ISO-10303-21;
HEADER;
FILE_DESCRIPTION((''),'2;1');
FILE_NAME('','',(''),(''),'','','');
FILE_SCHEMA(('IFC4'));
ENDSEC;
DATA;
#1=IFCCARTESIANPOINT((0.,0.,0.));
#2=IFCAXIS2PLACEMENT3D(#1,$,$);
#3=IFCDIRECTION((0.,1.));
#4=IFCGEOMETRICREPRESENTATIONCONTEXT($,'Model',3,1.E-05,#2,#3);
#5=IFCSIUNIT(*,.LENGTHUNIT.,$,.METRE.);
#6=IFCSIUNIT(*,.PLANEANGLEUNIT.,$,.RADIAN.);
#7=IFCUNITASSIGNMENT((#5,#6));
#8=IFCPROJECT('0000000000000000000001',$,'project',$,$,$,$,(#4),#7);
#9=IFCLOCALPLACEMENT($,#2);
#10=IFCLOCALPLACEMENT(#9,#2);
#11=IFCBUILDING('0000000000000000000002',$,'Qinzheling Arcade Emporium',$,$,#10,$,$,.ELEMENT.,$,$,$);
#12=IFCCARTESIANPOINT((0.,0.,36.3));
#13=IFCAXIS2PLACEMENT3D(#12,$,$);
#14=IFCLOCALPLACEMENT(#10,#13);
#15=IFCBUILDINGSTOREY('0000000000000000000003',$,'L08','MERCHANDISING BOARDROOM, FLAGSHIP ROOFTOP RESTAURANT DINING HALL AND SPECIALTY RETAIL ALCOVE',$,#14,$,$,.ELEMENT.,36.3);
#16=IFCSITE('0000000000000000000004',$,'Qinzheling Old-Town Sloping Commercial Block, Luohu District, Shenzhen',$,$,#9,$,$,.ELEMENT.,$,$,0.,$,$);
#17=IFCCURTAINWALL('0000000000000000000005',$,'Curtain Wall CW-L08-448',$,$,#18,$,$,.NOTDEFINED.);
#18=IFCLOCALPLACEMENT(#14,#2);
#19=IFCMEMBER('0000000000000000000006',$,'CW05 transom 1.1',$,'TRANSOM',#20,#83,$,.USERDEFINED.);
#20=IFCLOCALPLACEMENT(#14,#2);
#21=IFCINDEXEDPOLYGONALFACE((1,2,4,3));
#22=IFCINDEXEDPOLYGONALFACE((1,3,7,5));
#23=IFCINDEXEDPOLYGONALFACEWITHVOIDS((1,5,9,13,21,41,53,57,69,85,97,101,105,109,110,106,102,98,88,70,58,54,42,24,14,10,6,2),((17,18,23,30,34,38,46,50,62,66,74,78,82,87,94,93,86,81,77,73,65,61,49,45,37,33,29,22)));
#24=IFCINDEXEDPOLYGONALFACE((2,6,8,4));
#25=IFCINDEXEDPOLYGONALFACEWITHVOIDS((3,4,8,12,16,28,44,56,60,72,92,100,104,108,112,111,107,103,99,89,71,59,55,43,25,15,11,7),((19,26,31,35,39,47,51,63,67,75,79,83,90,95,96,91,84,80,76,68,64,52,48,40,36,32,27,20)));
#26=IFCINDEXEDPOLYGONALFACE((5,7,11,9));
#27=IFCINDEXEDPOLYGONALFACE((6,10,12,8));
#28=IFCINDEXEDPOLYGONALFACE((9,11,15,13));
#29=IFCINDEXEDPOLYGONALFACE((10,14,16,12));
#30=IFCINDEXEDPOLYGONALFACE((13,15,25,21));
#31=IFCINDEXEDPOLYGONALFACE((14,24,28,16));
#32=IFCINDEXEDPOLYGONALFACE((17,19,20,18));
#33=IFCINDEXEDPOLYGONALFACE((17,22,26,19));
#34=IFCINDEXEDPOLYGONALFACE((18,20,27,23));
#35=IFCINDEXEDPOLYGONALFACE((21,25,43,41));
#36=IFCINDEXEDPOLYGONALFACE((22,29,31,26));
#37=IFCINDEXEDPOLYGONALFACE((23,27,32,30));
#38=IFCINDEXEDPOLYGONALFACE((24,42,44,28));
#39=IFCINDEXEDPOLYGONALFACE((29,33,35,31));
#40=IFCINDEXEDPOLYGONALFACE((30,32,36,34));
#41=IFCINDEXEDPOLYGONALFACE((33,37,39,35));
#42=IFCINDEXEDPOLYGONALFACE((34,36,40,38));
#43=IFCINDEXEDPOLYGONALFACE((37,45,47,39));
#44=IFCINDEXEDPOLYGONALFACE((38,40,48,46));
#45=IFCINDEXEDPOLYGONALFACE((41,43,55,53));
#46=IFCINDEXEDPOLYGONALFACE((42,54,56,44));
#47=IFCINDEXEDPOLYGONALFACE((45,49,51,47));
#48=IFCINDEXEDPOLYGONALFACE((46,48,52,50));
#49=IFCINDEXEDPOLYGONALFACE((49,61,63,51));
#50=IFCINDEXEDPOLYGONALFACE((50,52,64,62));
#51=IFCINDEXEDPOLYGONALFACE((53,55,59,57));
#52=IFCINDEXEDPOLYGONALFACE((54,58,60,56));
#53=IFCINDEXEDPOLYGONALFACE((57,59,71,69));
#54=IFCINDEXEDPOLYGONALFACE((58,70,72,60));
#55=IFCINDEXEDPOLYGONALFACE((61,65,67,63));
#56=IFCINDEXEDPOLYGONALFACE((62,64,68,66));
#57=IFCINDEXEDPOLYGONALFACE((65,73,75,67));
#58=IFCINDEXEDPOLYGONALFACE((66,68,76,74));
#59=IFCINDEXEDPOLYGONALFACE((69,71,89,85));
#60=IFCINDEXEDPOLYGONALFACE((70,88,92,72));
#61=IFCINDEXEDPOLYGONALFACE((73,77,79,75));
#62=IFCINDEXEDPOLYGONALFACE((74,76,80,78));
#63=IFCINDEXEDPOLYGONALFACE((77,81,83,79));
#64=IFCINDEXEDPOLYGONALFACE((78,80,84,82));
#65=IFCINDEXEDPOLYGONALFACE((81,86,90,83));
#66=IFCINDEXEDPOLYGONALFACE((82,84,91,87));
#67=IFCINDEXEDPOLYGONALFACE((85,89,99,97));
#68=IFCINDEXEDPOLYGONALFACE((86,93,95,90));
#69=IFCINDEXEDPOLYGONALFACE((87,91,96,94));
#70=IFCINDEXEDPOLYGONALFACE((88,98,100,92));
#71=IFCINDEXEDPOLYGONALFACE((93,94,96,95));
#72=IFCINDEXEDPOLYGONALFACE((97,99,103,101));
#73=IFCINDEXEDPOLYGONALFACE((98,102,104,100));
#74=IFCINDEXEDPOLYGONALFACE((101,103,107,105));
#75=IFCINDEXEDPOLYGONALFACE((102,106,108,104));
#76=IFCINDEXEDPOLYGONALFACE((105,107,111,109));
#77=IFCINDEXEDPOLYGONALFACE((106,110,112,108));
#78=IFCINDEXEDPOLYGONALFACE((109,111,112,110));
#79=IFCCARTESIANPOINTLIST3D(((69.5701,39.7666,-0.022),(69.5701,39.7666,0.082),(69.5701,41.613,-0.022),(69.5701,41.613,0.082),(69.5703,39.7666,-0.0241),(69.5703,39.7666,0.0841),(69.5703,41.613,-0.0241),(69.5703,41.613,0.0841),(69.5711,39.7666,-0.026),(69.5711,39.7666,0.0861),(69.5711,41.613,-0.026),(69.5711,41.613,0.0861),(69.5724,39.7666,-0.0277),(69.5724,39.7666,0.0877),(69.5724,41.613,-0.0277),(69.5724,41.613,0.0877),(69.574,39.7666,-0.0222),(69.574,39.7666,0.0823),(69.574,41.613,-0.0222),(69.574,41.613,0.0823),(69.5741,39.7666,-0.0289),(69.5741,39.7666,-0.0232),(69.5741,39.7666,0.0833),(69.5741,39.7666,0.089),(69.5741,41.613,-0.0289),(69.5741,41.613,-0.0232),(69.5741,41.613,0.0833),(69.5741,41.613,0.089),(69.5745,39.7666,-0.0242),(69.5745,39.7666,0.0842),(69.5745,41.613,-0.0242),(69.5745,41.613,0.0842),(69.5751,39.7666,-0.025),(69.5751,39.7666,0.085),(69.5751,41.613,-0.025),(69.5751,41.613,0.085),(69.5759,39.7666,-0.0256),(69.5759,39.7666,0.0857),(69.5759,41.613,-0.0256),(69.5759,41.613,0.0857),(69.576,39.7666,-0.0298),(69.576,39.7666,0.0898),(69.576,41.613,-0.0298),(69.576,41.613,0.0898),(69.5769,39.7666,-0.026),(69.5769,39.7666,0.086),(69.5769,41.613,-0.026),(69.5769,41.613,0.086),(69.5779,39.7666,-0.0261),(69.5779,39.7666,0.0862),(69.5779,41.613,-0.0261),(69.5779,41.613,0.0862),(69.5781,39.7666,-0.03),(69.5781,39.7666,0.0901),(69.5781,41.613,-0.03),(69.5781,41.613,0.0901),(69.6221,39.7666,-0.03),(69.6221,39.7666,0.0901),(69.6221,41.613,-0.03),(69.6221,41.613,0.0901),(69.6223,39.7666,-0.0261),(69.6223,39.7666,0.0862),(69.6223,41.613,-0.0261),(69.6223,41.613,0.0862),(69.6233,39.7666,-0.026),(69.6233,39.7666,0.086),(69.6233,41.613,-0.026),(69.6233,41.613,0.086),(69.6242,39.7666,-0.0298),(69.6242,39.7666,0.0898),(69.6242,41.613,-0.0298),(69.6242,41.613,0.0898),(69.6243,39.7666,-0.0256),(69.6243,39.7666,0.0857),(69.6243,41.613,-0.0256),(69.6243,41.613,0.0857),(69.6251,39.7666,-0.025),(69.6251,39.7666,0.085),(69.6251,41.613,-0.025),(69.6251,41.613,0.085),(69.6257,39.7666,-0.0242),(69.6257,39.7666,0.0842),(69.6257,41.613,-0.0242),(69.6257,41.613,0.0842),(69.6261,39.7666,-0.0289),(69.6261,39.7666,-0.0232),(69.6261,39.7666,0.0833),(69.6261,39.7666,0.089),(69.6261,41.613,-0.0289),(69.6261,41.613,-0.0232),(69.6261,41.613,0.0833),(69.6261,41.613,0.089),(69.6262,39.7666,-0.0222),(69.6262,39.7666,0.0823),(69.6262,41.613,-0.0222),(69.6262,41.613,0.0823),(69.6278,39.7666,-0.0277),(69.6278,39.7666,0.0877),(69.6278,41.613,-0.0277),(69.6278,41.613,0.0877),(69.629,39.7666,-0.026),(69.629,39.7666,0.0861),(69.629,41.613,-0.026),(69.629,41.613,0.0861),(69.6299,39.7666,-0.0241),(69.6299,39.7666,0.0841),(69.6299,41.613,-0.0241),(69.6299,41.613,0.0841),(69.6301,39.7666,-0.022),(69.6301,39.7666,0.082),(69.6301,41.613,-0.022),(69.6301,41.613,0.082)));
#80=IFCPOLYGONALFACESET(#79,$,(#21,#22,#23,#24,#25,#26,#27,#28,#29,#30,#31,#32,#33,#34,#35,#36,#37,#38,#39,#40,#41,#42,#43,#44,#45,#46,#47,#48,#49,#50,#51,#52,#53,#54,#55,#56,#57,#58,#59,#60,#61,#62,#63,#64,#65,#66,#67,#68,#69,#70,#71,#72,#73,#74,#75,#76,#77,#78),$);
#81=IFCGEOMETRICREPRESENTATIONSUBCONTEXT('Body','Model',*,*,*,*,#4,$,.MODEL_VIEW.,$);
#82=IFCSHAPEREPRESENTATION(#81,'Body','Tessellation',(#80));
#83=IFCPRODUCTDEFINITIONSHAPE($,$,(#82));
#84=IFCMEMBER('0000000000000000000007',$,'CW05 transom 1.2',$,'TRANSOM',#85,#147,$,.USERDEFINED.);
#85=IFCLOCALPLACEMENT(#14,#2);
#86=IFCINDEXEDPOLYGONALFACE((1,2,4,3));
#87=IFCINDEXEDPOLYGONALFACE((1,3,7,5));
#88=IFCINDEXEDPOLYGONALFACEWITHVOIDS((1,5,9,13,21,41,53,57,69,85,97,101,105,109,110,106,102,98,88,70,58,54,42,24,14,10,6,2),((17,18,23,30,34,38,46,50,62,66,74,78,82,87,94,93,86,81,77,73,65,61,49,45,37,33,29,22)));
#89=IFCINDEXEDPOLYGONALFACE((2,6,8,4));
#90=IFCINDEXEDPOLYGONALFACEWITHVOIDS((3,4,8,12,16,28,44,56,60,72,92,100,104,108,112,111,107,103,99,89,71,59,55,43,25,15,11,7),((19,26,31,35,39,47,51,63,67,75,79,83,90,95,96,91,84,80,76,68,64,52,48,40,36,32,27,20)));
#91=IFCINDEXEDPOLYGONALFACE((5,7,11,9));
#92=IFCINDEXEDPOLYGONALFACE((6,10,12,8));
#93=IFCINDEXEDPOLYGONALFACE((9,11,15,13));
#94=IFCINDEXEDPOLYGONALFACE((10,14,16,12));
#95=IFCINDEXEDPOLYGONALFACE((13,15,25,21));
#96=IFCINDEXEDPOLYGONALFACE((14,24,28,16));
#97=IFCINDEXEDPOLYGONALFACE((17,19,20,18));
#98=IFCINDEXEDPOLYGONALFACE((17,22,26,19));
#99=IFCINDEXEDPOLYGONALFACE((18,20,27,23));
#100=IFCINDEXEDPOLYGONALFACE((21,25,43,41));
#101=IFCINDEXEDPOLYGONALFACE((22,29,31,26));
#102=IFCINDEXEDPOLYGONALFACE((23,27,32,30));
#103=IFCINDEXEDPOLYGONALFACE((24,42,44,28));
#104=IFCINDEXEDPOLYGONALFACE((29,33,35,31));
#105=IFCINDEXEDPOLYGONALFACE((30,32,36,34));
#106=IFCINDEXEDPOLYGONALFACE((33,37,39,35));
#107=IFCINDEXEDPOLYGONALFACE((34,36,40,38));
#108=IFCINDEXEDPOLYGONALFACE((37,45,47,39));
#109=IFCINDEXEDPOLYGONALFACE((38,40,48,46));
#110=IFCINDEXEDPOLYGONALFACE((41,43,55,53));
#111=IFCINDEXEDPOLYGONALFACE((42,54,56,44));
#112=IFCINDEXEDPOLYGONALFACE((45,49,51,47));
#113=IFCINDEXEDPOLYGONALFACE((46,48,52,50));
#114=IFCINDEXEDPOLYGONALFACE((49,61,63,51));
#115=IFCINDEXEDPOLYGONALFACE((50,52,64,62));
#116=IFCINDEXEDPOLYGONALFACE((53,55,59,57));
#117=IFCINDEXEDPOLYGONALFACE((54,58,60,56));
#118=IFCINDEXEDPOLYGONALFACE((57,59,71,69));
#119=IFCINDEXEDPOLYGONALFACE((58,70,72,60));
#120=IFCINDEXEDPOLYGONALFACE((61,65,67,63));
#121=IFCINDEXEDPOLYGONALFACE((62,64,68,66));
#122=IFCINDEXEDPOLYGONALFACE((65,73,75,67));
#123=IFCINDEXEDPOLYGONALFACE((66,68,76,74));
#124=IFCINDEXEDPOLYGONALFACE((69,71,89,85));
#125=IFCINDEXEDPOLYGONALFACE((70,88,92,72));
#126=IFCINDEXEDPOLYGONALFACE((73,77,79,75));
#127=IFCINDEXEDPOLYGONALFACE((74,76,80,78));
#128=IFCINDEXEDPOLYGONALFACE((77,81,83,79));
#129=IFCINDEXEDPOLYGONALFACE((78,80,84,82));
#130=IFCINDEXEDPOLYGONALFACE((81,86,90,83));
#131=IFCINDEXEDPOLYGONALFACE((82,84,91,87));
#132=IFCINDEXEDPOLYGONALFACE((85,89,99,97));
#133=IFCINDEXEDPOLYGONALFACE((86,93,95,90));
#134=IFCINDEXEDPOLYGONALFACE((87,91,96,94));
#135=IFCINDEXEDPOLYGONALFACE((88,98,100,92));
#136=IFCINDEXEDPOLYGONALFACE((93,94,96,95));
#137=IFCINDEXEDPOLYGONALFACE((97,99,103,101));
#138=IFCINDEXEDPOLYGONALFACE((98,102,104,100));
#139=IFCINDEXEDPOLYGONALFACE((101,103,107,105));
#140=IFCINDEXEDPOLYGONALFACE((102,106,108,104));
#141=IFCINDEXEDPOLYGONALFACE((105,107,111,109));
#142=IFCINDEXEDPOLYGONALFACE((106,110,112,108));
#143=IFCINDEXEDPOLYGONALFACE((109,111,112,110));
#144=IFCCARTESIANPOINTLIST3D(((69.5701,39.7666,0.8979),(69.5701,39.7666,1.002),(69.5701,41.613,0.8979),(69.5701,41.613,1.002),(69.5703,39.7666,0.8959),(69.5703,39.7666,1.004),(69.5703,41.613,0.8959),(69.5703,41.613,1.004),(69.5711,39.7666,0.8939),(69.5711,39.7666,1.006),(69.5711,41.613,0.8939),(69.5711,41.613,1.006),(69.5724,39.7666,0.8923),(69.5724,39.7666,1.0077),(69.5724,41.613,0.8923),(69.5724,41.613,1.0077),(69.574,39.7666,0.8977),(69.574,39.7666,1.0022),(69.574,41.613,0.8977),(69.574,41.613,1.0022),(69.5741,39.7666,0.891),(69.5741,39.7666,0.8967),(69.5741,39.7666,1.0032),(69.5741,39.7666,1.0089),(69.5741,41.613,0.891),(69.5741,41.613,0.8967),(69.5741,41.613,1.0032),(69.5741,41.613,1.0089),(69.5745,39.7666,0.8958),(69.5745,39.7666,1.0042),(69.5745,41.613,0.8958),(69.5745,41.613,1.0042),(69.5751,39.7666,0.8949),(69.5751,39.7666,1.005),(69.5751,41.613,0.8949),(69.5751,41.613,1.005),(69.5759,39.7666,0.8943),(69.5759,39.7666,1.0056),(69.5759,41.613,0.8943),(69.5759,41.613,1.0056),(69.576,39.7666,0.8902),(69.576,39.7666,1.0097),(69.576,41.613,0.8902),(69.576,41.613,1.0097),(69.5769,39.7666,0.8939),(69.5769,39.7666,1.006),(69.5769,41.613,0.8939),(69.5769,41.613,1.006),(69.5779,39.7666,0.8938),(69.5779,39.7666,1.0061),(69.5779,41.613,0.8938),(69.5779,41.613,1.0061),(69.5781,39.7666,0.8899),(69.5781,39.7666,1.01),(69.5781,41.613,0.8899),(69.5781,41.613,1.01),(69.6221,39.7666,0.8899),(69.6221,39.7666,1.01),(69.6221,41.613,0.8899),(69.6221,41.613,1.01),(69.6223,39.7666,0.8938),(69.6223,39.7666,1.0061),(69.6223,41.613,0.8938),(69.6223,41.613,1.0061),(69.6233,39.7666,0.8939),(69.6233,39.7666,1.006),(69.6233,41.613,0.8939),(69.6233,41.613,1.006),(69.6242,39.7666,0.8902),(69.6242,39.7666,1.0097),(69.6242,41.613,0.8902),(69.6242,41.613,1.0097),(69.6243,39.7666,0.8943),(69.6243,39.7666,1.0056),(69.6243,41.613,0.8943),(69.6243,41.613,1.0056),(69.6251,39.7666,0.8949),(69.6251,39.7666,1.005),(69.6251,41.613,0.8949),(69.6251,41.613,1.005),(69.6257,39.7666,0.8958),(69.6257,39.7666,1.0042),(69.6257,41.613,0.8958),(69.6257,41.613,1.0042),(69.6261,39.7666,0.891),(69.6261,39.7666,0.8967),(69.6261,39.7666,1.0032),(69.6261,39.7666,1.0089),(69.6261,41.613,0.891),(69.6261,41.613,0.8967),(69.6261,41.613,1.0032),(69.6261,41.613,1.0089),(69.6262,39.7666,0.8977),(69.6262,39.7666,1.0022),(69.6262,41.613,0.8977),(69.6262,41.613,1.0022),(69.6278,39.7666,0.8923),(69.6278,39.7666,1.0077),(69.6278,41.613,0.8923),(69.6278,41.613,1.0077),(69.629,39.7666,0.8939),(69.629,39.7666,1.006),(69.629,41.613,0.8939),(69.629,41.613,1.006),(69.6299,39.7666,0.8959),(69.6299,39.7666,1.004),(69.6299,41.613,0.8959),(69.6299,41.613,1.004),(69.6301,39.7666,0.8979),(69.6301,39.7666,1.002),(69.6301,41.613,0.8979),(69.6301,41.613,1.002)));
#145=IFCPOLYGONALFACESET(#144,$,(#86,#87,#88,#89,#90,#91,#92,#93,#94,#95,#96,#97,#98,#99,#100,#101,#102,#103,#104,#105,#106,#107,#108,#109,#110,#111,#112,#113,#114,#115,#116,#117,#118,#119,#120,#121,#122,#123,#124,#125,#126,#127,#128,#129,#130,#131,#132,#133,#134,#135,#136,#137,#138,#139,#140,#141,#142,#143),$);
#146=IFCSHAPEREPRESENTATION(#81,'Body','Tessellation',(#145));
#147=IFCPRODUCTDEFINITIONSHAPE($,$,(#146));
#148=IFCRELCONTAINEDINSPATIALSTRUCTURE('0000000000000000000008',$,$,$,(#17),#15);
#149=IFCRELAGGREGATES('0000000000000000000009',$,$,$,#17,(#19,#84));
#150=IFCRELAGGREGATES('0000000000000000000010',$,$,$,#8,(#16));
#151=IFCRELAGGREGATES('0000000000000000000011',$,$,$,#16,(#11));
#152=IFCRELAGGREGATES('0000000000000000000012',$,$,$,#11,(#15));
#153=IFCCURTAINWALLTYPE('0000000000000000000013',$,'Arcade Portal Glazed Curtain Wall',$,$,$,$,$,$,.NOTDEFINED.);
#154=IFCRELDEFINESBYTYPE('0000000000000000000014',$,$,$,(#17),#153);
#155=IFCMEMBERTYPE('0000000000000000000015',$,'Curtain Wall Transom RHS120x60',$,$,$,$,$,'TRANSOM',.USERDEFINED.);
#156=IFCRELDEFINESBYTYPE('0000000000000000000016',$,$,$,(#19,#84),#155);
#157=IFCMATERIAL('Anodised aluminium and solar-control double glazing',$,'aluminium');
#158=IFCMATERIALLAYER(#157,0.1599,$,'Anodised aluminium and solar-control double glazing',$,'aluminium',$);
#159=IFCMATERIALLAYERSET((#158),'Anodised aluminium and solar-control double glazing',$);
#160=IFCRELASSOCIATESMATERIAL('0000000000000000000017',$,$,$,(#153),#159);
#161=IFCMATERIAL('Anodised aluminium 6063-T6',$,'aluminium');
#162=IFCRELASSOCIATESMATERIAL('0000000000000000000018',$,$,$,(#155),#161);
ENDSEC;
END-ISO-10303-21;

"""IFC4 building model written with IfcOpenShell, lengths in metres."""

from ifc_helpers import new_model, si_unit, direction, frame, origin, origin_2d, place, context, subcontext, project, spatial, hollow_rectangle, extrude, material, layer, layer_set, material_profile, profile_set, type_object, element, aggregate, save


model = new_model("IFC4")

# Units and contexts
model_context = context("Model", 3, precision=1e-05, world=origin(), true_north=direction((0.0, 1.0)))
body_context = subcontext(model_context, "Body", "Model", "MODEL_VIEW")
ifc_project = project(units=[si_unit("LENGTHUNIT", "METRE"), si_unit("PLANEANGLEUNIT", "RADIAN")], contexts=[model_context])

# Site, building, storey
site_placement = place(None, origin())
site = spatial("IfcSite", under=ifc_project, at=site_placement, Name="Qinzheling Old-Town Sloping Commercial Block, Luohu District, Shenzhen", CompositionType="ELEMENT", RefElevation=0.0)
building_placement = place(site_placement, origin())
building = spatial("IfcBuilding", under=site, at=building_placement, Name="Qinzheling Arcade Emporium", CompositionType="ELEMENT")
storey_placement = place(building_placement, frame((0.0, 0.0, 36.3)))
storey = spatial("IfcBuildingStorey", under=building, at=storey_placement, Name="L08", Description="MERCHANDISING BOARDROOM, FLAGSHIP ROOFTOP RESTAURANT DINING HALL AND SPECIALTY RETAIL ALCOVE", CompositionType="ELEMENT", Elevation=36.3)

# Curtain wall
ifc_material_1 = material(Name="Anodised aluminium and solar-control double glazing", Category="aluminium")
ifc_layer_1 = layer(ifc_material_1, 0.1599, Name="Anodised aluminium and solar-control double glazing", Category="aluminium")
ifc_layer_set_1 = layer_set([ifc_layer_1], Name="Anodised aluminium and solar-control double glazing")
curtain_wall_type_1 = type_object("IfcCurtainWallType", Name="Arcade Portal Glazed Curtain Wall", PredefinedType="NOTDEFINED", material=ifc_layer_set_1)
curtain_wall_1_placement = place(storey_placement, origin())
curtain_wall_1 = element("IfcCurtainWall", 1, at=curtain_wall_1_placement, inside=storey, type_object=curtain_wall_type_1, Name="Curtain Wall CW-L08-448", PredefinedType="NOTDEFINED")
ifc_material_2 = material(Name="Anodised aluminium 6063-T6", Category="aluminium")

# Members
ifc_material_profile_1 = material_profile(ifc_material_2, hollow_rectangle(XDim=0.0601, YDim=0.1201, WallThickness=0.0039, InnerFilletRadius=0.0039, OuterFilletRadius=0.0081, at=origin_2d()), Name="RHS 120x60x4", Category="aluminium")
ifc_profile_set_1 = profile_set([ifc_material_profile_1], Name="Anodised aluminium 6063-T6")
member_type_1 = type_object("IfcMemberType", Name="Curtain Wall Transom RHS120x60", ElementType="TRANSOM", PredefinedType="USERDEFINED", material=ifc_profile_set_1)
member_1_placement = place(storey_placement, frame((69.6001, 41.613, 0.03), z_axis=(0.0, -1.0, 0.0), x_axis=(1.0, 0.0, 0.0)))
member_1 = element("IfcMember", 2, at=member_1_placement, type_object=member_type_1, Name="CW05 transom 1.1", ObjectType="TRANSOM", PredefinedType="USERDEFINED", context=body_context, shape_type="SweptSolid", body=[
    extrude(hollow_rectangle(XDim=0.0601, YDim=0.1201, WallThickness=0.0039, InnerFilletRadius=0.0039, OuterFilletRadius=0.0081, at=origin_2d()), origin(), (0.0, 0.0, 1.0), 1.8464),
])
member_2_placement = place(storey_placement, frame((69.6001, 41.613, 0.95), z_axis=(0.0, -1.0, 0.0), x_axis=(1.0, 0.0, 0.0)))
member_2 = element("IfcMember", 3, at=member_2_placement, type_object=member_type_1, Name="CW05 transom 1.2", ObjectType="TRANSOM", PredefinedType="USERDEFINED", context=body_context, shape_type="SweptSolid", body=[
    extrude(hollow_rectangle(XDim=0.0601, YDim=0.1201, WallThickness=0.0039, InnerFilletRadius=0.0039, OuterFilletRadius=0.0081, at=origin_2d()), origin(), (0.0, 0.0, 1.0), 1.8464),
])

aggregate(curtain_wall_1, [member_1, member_2])

save(model, "model.ifc")
